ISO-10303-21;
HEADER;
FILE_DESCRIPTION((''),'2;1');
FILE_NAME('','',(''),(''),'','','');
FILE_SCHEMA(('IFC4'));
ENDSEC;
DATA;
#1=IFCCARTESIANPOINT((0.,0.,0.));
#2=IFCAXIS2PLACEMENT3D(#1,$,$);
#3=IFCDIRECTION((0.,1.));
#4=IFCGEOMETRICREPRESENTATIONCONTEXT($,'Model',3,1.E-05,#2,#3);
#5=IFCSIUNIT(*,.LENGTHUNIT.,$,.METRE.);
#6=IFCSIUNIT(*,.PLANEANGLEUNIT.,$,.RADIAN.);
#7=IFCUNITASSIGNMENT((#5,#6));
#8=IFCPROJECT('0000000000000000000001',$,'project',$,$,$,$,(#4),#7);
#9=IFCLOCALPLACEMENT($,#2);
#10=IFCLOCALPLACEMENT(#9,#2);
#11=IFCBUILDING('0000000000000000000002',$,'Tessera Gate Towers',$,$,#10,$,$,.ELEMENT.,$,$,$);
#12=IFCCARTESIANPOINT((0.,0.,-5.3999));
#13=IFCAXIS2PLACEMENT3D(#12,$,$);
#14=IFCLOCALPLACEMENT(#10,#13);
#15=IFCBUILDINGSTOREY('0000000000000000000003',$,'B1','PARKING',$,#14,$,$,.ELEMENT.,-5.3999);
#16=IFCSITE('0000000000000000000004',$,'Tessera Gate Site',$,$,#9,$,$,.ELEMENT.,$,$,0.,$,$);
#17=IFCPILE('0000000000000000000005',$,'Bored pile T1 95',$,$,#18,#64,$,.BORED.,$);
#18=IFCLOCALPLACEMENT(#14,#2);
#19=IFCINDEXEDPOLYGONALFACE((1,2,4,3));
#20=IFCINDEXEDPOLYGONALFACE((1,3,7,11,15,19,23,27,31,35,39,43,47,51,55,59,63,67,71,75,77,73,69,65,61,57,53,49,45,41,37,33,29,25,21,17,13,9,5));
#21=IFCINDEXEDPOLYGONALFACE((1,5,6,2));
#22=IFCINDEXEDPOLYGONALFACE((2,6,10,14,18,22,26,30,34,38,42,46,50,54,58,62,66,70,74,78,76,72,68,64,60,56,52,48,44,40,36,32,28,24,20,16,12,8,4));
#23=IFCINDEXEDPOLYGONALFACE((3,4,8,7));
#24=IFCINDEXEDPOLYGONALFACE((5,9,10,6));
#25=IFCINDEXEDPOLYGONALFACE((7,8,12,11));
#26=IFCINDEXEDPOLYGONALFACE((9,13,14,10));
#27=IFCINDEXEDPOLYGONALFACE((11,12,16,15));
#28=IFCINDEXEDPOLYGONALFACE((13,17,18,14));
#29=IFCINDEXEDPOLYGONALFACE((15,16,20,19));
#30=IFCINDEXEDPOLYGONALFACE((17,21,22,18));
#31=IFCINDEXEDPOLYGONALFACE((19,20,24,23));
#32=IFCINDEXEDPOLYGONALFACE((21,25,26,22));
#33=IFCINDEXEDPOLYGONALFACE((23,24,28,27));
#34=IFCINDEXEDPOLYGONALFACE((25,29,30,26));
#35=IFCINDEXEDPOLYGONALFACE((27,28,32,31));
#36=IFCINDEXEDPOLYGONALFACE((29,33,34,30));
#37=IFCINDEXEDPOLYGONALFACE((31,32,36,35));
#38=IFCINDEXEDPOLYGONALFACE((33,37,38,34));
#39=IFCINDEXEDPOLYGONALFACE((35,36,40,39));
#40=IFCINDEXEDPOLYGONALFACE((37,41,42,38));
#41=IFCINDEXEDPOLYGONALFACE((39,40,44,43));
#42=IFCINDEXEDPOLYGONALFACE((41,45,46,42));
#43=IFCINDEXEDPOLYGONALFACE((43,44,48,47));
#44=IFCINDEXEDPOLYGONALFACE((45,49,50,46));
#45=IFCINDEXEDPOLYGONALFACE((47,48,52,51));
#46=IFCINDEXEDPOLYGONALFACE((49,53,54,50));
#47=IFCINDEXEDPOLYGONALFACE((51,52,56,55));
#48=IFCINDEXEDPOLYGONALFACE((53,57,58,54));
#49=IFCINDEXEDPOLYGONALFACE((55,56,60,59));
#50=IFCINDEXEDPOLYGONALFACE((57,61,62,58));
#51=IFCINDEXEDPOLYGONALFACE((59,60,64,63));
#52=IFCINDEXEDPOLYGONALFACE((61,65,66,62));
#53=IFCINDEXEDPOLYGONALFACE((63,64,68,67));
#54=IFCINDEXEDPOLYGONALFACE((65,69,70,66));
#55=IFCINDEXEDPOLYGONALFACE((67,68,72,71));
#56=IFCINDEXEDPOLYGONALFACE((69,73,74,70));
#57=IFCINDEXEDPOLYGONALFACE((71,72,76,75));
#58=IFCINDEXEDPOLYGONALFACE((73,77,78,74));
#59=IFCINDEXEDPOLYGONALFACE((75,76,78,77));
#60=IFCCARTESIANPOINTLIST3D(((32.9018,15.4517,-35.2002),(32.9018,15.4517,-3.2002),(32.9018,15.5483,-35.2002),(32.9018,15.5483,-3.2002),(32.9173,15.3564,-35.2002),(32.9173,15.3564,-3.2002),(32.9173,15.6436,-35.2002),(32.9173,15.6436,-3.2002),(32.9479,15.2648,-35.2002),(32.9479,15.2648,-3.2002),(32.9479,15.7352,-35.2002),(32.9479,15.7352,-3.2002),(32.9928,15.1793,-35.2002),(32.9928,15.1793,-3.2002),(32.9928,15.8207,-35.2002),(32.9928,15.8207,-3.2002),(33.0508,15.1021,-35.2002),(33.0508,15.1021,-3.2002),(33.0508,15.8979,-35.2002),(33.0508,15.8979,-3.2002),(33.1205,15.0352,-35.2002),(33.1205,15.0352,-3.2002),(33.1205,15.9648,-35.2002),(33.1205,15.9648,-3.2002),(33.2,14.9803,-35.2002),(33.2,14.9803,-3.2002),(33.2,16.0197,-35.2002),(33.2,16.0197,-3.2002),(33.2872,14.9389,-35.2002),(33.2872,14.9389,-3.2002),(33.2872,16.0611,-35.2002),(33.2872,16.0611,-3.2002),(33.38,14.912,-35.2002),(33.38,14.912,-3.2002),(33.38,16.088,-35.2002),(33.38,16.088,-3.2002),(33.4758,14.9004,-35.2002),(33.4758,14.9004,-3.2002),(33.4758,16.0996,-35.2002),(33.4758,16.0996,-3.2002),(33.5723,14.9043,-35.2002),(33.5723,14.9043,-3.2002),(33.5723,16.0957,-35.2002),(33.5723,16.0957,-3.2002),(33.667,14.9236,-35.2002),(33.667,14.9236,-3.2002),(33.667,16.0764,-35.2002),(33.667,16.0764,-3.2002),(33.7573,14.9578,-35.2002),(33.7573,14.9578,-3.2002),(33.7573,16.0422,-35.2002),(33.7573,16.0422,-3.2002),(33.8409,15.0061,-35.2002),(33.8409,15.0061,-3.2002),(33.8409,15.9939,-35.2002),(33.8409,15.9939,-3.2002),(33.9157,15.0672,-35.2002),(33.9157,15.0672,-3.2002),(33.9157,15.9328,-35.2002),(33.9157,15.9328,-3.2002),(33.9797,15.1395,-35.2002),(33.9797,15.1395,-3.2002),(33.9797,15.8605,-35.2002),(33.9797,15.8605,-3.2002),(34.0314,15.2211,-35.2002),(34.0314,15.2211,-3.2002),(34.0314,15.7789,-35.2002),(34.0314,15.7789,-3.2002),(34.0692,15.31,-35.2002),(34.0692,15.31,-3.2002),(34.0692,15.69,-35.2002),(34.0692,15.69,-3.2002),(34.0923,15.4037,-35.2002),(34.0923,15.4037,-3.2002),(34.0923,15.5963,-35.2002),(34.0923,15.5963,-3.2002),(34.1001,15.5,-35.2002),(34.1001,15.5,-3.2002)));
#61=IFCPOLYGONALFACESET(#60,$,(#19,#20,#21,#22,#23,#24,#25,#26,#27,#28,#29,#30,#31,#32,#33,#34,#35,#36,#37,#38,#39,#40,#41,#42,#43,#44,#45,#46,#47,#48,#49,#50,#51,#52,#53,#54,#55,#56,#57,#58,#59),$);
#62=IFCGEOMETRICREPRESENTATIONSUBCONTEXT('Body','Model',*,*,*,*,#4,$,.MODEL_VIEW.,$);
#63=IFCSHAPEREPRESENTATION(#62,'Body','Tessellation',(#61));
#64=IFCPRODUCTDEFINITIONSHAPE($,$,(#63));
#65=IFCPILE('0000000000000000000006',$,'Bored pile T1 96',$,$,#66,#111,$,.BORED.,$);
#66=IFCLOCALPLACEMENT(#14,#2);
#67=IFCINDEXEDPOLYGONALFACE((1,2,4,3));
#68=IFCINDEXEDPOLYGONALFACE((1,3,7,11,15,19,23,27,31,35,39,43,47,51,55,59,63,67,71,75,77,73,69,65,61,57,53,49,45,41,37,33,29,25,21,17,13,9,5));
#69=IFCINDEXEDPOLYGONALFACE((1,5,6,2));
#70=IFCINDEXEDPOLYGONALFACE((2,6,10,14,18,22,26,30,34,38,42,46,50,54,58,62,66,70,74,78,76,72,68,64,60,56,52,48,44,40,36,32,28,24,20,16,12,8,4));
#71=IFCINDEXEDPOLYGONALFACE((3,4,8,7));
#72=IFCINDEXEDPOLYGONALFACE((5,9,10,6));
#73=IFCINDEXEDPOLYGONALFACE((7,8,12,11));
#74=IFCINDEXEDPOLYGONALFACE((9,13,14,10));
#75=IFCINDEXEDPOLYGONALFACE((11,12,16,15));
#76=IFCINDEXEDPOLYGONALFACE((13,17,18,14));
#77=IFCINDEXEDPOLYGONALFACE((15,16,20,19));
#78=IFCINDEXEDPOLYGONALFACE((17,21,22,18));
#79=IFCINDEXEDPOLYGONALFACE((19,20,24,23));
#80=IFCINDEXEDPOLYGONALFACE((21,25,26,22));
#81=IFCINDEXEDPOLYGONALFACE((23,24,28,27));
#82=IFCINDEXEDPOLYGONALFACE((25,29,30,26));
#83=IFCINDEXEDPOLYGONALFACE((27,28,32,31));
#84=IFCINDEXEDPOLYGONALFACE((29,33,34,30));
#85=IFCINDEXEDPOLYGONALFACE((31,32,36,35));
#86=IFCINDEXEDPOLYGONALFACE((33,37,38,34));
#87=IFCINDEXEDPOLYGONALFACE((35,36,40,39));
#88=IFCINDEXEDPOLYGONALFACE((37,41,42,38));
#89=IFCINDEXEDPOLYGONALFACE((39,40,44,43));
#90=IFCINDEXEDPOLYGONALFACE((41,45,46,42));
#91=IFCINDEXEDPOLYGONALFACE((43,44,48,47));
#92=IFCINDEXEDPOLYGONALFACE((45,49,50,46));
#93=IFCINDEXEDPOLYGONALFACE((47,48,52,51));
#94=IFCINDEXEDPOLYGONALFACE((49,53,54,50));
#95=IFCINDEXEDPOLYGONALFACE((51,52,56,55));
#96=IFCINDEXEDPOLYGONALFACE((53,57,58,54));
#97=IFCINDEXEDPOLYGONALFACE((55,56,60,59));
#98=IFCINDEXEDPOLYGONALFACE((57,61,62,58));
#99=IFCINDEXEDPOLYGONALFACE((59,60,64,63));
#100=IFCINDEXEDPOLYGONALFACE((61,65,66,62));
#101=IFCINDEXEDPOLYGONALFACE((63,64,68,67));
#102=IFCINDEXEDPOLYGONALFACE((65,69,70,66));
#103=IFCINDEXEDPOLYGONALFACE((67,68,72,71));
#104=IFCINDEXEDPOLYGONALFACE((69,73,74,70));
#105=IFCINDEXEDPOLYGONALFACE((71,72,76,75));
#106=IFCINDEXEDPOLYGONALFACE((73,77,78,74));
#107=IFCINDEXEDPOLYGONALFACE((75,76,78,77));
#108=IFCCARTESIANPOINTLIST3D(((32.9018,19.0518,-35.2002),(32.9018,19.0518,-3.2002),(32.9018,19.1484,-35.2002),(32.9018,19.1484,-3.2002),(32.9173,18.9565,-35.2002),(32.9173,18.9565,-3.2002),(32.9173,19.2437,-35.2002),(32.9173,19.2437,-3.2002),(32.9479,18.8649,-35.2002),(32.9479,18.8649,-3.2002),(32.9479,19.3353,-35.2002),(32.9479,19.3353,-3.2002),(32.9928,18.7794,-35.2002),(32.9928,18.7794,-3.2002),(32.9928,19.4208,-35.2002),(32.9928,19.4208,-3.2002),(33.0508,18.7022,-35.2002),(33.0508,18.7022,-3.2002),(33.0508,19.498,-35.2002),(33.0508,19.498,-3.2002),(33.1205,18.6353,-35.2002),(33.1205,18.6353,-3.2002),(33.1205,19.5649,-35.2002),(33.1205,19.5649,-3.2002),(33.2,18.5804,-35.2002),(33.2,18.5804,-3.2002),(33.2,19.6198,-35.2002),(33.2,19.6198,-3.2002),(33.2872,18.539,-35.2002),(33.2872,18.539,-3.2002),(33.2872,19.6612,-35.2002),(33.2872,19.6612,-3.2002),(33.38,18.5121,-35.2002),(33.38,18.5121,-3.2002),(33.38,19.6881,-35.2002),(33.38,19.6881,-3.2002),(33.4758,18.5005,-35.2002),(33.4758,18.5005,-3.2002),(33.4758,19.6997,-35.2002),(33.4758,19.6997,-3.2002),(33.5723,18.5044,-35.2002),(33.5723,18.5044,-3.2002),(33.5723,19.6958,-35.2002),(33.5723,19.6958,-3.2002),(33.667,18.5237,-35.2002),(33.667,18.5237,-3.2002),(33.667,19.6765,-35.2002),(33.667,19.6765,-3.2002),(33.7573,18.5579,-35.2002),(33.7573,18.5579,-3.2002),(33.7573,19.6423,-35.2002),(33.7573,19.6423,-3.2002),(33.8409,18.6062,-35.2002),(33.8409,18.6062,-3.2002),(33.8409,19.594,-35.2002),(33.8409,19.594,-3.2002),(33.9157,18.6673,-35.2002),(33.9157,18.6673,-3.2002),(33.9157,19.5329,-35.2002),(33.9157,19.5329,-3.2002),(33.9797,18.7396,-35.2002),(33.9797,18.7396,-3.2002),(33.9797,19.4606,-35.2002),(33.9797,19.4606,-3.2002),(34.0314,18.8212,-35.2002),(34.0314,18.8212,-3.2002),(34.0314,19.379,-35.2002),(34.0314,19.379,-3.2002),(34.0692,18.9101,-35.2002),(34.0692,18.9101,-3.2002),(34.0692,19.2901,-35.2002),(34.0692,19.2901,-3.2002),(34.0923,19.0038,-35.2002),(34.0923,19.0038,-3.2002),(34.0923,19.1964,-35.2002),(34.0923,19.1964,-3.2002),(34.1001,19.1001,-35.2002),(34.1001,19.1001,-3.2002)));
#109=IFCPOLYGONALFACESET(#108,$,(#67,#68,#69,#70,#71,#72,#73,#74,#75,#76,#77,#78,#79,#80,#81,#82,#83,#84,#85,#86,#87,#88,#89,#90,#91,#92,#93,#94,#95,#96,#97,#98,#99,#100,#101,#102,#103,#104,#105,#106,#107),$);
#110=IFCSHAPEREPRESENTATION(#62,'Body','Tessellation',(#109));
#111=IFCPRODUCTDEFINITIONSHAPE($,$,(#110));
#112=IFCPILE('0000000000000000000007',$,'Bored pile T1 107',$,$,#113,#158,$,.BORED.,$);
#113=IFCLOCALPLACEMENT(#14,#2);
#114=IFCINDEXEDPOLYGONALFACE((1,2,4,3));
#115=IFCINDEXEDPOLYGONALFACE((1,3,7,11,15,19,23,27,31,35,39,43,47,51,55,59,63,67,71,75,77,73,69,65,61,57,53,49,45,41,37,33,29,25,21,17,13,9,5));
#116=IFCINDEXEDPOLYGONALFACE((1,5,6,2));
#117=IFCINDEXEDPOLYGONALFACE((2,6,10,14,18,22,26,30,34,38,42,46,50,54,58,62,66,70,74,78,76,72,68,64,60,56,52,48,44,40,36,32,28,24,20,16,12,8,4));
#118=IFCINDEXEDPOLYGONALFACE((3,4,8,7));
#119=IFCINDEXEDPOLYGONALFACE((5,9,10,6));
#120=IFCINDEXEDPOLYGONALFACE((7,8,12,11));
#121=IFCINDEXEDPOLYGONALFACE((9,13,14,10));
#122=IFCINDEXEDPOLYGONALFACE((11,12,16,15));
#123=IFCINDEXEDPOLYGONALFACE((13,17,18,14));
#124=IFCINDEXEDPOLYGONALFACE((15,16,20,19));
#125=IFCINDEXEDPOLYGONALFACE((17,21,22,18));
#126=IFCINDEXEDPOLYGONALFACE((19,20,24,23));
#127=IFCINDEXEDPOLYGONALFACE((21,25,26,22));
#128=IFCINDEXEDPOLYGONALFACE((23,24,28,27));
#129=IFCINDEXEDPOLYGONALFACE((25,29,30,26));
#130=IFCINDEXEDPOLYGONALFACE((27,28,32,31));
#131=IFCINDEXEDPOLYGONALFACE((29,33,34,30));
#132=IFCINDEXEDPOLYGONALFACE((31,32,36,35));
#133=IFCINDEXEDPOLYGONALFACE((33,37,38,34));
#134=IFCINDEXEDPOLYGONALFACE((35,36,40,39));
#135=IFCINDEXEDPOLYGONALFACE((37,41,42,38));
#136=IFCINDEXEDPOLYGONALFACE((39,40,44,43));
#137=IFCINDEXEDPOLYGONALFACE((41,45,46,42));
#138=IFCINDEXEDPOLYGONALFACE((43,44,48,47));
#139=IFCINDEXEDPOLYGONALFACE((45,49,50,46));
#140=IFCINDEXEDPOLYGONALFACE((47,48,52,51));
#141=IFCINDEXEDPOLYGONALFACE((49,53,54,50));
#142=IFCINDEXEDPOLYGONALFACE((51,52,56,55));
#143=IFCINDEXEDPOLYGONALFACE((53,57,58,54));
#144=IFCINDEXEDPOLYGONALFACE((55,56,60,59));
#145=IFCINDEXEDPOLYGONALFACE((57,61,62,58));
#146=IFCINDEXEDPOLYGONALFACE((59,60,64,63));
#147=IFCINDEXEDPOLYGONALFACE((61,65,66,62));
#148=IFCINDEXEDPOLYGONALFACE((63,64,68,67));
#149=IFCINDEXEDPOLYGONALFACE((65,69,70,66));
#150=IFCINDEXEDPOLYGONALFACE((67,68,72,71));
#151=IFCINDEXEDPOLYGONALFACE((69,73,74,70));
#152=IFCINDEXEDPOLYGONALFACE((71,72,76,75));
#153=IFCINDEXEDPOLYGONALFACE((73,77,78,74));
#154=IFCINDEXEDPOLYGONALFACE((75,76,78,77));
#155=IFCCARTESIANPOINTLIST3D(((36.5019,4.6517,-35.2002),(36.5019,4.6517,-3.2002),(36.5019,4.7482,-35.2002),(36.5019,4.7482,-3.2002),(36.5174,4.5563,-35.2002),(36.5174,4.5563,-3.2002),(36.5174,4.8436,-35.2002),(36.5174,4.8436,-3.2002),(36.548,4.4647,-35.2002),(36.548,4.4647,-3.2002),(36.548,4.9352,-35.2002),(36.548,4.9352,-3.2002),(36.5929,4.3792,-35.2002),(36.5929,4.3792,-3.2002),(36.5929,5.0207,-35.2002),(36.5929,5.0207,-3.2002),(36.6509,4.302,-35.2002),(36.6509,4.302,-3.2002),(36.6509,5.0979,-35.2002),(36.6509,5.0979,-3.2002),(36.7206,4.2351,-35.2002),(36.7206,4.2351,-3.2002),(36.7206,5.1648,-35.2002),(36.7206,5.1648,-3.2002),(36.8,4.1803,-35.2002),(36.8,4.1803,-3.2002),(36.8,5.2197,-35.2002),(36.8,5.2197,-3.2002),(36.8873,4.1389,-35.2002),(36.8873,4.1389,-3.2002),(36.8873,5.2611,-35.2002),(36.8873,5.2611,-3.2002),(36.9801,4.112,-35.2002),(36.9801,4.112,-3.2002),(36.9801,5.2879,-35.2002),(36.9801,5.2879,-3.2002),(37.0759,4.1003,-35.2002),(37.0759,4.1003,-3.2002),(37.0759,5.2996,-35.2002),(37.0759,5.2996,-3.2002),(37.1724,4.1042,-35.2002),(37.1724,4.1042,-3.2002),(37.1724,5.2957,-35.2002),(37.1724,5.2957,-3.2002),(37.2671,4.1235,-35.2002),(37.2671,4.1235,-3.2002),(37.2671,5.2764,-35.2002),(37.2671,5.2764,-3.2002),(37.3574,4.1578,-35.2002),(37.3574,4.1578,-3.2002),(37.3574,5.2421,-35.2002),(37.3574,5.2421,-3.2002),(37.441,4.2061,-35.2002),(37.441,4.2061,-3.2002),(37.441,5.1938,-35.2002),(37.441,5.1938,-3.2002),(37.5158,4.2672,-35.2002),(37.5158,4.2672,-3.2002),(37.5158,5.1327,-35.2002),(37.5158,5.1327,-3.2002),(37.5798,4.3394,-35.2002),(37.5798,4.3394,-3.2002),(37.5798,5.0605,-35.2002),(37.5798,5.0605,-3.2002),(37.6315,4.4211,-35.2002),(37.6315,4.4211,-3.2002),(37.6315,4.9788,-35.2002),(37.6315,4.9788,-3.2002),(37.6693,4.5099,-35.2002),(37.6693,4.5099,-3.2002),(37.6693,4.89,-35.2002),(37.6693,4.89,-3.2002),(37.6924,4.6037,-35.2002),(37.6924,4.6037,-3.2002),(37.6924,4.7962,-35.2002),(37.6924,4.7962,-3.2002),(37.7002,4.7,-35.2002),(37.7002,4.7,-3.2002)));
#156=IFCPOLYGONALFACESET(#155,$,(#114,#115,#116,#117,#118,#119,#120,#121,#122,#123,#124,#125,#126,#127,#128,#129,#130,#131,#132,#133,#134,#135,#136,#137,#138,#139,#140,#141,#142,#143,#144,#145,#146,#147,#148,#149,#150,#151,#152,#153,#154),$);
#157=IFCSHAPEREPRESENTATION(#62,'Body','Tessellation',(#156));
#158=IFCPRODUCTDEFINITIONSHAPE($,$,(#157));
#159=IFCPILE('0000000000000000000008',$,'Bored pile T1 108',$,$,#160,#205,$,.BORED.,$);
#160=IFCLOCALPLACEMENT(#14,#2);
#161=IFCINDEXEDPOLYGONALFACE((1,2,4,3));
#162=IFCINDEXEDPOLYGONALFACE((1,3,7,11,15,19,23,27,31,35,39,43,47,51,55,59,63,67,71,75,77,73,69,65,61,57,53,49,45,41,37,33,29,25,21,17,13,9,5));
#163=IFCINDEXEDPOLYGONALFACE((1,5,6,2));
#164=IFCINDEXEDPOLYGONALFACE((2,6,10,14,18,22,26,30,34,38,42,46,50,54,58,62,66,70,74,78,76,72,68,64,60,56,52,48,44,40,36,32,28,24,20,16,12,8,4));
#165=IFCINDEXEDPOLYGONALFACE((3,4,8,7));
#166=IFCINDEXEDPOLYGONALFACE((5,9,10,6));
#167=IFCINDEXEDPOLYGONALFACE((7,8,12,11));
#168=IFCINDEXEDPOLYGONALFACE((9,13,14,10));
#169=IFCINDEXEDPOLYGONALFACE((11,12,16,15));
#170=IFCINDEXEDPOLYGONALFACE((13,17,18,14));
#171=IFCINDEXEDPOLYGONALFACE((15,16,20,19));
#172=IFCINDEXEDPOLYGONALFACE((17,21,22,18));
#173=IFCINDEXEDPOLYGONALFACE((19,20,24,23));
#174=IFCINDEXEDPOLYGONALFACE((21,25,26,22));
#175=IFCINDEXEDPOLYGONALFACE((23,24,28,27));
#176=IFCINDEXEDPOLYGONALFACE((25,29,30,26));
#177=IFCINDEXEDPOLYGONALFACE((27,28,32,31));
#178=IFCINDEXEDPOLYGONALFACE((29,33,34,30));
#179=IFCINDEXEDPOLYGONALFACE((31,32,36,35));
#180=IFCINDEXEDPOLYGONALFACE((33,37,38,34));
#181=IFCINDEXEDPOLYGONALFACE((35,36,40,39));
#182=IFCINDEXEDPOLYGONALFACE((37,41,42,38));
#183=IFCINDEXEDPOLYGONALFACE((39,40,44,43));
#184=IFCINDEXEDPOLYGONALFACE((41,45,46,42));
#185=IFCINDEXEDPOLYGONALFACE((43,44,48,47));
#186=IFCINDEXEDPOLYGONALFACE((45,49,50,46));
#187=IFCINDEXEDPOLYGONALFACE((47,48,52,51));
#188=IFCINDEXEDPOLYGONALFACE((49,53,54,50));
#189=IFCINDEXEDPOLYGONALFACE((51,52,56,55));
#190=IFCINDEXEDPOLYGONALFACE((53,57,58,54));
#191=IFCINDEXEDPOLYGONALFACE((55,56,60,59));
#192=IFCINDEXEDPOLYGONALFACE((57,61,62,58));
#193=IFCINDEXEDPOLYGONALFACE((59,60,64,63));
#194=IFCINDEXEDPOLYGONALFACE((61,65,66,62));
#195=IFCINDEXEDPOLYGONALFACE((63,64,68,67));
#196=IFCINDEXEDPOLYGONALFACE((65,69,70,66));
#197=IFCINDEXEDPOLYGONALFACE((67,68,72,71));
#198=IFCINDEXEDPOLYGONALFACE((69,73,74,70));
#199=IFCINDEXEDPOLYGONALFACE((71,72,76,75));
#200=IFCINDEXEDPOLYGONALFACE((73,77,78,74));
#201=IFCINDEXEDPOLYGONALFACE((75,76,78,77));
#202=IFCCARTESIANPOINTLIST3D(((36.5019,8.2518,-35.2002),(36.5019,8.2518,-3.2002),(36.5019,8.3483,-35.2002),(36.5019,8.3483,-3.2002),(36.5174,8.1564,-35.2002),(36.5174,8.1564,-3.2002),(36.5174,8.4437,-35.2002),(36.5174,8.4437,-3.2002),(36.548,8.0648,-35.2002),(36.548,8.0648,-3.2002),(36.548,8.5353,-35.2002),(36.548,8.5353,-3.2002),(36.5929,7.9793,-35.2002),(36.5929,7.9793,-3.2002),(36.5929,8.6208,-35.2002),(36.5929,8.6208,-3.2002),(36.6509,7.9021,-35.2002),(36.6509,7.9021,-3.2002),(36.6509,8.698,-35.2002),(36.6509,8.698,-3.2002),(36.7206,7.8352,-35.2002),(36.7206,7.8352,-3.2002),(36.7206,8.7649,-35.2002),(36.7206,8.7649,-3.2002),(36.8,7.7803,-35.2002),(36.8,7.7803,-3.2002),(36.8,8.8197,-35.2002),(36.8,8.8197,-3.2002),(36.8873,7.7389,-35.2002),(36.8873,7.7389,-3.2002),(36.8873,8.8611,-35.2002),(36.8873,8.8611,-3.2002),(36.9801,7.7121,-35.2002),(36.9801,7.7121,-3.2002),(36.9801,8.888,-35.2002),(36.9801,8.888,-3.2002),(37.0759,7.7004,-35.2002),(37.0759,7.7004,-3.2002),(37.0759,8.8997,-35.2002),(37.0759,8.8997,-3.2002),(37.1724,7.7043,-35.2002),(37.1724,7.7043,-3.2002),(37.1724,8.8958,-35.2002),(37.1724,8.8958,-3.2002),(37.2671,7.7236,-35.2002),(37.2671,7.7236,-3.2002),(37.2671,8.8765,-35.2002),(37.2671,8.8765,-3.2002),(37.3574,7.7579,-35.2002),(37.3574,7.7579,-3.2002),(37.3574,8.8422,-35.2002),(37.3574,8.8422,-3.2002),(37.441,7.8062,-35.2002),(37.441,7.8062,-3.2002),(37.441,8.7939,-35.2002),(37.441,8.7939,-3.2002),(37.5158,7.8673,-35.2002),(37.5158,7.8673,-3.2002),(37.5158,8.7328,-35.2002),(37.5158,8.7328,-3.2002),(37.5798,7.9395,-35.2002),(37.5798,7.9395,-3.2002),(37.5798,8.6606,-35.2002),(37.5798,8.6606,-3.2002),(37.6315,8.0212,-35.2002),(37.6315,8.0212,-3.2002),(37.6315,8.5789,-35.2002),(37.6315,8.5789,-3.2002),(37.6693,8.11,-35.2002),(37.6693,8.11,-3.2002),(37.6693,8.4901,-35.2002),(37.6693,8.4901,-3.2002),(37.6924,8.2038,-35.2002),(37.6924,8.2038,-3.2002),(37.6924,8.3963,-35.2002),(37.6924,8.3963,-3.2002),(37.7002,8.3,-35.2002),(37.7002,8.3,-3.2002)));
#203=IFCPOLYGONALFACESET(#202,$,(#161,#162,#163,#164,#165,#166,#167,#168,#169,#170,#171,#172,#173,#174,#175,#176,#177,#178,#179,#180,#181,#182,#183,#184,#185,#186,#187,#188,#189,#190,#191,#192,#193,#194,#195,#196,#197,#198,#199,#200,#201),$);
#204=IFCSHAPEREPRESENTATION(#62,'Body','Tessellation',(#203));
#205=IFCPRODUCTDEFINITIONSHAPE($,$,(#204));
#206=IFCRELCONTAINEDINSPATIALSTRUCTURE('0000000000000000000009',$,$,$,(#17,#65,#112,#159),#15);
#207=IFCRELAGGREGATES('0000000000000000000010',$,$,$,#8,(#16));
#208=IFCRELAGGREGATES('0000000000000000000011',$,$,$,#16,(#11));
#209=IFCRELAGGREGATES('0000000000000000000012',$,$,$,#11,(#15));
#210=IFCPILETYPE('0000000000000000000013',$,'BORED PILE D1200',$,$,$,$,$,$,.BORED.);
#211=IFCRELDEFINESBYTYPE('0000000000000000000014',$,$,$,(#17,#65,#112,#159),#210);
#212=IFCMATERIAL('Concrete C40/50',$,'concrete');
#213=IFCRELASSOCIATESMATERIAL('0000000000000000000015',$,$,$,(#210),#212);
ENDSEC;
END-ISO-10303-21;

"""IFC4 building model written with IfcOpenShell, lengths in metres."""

from ifc_helpers import new_model, si_unit, direction, frame, origin, origin_2d, place, context, subcontext, project, spatial, circle, extrude, material, material_profile, profile_set, type_object, element, save


model = new_model("IFC4")

# Units and contexts
model_context = context("Model", 3, precision=1e-05, world=origin(), true_north=direction((0.0, 1.0)))
body_context = subcontext(model_context, "Body", "Model", "MODEL_VIEW")
ifc_project = project(units=[si_unit("LENGTHUNIT", "METRE"), si_unit("PLANEANGLEUNIT", "RADIAN")], contexts=[model_context])

# Site, building, storey
site_placement = place(None, origin())
site = spatial("IfcSite", under=ifc_project, at=site_placement, Name="Tessera Gate Site", CompositionType="ELEMENT", RefElevation=0.0)
building_placement = place(site_placement, origin())
building = spatial("IfcBuilding", under=site, at=building_placement, Name="Tessera Gate Towers", CompositionType="ELEMENT")
storey_placement = place(building_placement, frame((0.0, 0.0, -5.3999)))
storey = spatial("IfcBuildingStorey", under=building, at=storey_placement, Name="B1", Description="PARKING", CompositionType="ELEMENT", Elevation=-5.3999)

# Piles
ifc_material_1 = material(Name="Concrete C40/50", Category="concrete")
ifc_material_profile_1 = material_profile(ifc_material_1, circle(Radius=0.6001, at=origin_2d()), Name="BORED PILE D1200")
ifc_profile_set_1 = profile_set([ifc_material_profile_1], Name="Concrete C40/50")
pile_type = type_object("IfcPileType", Name="BORED PILE D1200", PredefinedType="BORED", material=ifc_profile_set_1)
for number, where, z_axis, x_axis, name in (
    (1, (33.5, 15.5, -3.2002), (0.0, 0.0, -1.0), (1.0, 0.0, 0.0), "Bored pile T1 95"),
    (2, (33.5, 19.1001, -3.2002), (0.0, 0.0, -1.0), (1.0, 0.0, 0.0), "Bored pile T1 96"),
    (3, (37.1001, 4.7, -3.2002), (0.0, 0.0, -1.0), (1.0, 0.0, 0.0), "Bored pile T1 107"),
    (4, (37.1001, 8.3, -3.2002), (0.0, 0.0, -1.0), (1.0, 0.0, 0.0), "Bored pile T1 108"),
):
    element("IfcPile", number, at=place(storey_placement, frame(where, z_axis=z_axis, x_axis=x_axis)), inside=storey, type_object=pile_type, Name=name, PredefinedType="BORED", context=body_context, shape_type="SweptSolid", body=[
        extrude(circle(Radius=0.6001, at=origin_2d()), origin(), (0.0, 0.0, 1.0), 32.0),
    ])

save(model, "model.ifc")
